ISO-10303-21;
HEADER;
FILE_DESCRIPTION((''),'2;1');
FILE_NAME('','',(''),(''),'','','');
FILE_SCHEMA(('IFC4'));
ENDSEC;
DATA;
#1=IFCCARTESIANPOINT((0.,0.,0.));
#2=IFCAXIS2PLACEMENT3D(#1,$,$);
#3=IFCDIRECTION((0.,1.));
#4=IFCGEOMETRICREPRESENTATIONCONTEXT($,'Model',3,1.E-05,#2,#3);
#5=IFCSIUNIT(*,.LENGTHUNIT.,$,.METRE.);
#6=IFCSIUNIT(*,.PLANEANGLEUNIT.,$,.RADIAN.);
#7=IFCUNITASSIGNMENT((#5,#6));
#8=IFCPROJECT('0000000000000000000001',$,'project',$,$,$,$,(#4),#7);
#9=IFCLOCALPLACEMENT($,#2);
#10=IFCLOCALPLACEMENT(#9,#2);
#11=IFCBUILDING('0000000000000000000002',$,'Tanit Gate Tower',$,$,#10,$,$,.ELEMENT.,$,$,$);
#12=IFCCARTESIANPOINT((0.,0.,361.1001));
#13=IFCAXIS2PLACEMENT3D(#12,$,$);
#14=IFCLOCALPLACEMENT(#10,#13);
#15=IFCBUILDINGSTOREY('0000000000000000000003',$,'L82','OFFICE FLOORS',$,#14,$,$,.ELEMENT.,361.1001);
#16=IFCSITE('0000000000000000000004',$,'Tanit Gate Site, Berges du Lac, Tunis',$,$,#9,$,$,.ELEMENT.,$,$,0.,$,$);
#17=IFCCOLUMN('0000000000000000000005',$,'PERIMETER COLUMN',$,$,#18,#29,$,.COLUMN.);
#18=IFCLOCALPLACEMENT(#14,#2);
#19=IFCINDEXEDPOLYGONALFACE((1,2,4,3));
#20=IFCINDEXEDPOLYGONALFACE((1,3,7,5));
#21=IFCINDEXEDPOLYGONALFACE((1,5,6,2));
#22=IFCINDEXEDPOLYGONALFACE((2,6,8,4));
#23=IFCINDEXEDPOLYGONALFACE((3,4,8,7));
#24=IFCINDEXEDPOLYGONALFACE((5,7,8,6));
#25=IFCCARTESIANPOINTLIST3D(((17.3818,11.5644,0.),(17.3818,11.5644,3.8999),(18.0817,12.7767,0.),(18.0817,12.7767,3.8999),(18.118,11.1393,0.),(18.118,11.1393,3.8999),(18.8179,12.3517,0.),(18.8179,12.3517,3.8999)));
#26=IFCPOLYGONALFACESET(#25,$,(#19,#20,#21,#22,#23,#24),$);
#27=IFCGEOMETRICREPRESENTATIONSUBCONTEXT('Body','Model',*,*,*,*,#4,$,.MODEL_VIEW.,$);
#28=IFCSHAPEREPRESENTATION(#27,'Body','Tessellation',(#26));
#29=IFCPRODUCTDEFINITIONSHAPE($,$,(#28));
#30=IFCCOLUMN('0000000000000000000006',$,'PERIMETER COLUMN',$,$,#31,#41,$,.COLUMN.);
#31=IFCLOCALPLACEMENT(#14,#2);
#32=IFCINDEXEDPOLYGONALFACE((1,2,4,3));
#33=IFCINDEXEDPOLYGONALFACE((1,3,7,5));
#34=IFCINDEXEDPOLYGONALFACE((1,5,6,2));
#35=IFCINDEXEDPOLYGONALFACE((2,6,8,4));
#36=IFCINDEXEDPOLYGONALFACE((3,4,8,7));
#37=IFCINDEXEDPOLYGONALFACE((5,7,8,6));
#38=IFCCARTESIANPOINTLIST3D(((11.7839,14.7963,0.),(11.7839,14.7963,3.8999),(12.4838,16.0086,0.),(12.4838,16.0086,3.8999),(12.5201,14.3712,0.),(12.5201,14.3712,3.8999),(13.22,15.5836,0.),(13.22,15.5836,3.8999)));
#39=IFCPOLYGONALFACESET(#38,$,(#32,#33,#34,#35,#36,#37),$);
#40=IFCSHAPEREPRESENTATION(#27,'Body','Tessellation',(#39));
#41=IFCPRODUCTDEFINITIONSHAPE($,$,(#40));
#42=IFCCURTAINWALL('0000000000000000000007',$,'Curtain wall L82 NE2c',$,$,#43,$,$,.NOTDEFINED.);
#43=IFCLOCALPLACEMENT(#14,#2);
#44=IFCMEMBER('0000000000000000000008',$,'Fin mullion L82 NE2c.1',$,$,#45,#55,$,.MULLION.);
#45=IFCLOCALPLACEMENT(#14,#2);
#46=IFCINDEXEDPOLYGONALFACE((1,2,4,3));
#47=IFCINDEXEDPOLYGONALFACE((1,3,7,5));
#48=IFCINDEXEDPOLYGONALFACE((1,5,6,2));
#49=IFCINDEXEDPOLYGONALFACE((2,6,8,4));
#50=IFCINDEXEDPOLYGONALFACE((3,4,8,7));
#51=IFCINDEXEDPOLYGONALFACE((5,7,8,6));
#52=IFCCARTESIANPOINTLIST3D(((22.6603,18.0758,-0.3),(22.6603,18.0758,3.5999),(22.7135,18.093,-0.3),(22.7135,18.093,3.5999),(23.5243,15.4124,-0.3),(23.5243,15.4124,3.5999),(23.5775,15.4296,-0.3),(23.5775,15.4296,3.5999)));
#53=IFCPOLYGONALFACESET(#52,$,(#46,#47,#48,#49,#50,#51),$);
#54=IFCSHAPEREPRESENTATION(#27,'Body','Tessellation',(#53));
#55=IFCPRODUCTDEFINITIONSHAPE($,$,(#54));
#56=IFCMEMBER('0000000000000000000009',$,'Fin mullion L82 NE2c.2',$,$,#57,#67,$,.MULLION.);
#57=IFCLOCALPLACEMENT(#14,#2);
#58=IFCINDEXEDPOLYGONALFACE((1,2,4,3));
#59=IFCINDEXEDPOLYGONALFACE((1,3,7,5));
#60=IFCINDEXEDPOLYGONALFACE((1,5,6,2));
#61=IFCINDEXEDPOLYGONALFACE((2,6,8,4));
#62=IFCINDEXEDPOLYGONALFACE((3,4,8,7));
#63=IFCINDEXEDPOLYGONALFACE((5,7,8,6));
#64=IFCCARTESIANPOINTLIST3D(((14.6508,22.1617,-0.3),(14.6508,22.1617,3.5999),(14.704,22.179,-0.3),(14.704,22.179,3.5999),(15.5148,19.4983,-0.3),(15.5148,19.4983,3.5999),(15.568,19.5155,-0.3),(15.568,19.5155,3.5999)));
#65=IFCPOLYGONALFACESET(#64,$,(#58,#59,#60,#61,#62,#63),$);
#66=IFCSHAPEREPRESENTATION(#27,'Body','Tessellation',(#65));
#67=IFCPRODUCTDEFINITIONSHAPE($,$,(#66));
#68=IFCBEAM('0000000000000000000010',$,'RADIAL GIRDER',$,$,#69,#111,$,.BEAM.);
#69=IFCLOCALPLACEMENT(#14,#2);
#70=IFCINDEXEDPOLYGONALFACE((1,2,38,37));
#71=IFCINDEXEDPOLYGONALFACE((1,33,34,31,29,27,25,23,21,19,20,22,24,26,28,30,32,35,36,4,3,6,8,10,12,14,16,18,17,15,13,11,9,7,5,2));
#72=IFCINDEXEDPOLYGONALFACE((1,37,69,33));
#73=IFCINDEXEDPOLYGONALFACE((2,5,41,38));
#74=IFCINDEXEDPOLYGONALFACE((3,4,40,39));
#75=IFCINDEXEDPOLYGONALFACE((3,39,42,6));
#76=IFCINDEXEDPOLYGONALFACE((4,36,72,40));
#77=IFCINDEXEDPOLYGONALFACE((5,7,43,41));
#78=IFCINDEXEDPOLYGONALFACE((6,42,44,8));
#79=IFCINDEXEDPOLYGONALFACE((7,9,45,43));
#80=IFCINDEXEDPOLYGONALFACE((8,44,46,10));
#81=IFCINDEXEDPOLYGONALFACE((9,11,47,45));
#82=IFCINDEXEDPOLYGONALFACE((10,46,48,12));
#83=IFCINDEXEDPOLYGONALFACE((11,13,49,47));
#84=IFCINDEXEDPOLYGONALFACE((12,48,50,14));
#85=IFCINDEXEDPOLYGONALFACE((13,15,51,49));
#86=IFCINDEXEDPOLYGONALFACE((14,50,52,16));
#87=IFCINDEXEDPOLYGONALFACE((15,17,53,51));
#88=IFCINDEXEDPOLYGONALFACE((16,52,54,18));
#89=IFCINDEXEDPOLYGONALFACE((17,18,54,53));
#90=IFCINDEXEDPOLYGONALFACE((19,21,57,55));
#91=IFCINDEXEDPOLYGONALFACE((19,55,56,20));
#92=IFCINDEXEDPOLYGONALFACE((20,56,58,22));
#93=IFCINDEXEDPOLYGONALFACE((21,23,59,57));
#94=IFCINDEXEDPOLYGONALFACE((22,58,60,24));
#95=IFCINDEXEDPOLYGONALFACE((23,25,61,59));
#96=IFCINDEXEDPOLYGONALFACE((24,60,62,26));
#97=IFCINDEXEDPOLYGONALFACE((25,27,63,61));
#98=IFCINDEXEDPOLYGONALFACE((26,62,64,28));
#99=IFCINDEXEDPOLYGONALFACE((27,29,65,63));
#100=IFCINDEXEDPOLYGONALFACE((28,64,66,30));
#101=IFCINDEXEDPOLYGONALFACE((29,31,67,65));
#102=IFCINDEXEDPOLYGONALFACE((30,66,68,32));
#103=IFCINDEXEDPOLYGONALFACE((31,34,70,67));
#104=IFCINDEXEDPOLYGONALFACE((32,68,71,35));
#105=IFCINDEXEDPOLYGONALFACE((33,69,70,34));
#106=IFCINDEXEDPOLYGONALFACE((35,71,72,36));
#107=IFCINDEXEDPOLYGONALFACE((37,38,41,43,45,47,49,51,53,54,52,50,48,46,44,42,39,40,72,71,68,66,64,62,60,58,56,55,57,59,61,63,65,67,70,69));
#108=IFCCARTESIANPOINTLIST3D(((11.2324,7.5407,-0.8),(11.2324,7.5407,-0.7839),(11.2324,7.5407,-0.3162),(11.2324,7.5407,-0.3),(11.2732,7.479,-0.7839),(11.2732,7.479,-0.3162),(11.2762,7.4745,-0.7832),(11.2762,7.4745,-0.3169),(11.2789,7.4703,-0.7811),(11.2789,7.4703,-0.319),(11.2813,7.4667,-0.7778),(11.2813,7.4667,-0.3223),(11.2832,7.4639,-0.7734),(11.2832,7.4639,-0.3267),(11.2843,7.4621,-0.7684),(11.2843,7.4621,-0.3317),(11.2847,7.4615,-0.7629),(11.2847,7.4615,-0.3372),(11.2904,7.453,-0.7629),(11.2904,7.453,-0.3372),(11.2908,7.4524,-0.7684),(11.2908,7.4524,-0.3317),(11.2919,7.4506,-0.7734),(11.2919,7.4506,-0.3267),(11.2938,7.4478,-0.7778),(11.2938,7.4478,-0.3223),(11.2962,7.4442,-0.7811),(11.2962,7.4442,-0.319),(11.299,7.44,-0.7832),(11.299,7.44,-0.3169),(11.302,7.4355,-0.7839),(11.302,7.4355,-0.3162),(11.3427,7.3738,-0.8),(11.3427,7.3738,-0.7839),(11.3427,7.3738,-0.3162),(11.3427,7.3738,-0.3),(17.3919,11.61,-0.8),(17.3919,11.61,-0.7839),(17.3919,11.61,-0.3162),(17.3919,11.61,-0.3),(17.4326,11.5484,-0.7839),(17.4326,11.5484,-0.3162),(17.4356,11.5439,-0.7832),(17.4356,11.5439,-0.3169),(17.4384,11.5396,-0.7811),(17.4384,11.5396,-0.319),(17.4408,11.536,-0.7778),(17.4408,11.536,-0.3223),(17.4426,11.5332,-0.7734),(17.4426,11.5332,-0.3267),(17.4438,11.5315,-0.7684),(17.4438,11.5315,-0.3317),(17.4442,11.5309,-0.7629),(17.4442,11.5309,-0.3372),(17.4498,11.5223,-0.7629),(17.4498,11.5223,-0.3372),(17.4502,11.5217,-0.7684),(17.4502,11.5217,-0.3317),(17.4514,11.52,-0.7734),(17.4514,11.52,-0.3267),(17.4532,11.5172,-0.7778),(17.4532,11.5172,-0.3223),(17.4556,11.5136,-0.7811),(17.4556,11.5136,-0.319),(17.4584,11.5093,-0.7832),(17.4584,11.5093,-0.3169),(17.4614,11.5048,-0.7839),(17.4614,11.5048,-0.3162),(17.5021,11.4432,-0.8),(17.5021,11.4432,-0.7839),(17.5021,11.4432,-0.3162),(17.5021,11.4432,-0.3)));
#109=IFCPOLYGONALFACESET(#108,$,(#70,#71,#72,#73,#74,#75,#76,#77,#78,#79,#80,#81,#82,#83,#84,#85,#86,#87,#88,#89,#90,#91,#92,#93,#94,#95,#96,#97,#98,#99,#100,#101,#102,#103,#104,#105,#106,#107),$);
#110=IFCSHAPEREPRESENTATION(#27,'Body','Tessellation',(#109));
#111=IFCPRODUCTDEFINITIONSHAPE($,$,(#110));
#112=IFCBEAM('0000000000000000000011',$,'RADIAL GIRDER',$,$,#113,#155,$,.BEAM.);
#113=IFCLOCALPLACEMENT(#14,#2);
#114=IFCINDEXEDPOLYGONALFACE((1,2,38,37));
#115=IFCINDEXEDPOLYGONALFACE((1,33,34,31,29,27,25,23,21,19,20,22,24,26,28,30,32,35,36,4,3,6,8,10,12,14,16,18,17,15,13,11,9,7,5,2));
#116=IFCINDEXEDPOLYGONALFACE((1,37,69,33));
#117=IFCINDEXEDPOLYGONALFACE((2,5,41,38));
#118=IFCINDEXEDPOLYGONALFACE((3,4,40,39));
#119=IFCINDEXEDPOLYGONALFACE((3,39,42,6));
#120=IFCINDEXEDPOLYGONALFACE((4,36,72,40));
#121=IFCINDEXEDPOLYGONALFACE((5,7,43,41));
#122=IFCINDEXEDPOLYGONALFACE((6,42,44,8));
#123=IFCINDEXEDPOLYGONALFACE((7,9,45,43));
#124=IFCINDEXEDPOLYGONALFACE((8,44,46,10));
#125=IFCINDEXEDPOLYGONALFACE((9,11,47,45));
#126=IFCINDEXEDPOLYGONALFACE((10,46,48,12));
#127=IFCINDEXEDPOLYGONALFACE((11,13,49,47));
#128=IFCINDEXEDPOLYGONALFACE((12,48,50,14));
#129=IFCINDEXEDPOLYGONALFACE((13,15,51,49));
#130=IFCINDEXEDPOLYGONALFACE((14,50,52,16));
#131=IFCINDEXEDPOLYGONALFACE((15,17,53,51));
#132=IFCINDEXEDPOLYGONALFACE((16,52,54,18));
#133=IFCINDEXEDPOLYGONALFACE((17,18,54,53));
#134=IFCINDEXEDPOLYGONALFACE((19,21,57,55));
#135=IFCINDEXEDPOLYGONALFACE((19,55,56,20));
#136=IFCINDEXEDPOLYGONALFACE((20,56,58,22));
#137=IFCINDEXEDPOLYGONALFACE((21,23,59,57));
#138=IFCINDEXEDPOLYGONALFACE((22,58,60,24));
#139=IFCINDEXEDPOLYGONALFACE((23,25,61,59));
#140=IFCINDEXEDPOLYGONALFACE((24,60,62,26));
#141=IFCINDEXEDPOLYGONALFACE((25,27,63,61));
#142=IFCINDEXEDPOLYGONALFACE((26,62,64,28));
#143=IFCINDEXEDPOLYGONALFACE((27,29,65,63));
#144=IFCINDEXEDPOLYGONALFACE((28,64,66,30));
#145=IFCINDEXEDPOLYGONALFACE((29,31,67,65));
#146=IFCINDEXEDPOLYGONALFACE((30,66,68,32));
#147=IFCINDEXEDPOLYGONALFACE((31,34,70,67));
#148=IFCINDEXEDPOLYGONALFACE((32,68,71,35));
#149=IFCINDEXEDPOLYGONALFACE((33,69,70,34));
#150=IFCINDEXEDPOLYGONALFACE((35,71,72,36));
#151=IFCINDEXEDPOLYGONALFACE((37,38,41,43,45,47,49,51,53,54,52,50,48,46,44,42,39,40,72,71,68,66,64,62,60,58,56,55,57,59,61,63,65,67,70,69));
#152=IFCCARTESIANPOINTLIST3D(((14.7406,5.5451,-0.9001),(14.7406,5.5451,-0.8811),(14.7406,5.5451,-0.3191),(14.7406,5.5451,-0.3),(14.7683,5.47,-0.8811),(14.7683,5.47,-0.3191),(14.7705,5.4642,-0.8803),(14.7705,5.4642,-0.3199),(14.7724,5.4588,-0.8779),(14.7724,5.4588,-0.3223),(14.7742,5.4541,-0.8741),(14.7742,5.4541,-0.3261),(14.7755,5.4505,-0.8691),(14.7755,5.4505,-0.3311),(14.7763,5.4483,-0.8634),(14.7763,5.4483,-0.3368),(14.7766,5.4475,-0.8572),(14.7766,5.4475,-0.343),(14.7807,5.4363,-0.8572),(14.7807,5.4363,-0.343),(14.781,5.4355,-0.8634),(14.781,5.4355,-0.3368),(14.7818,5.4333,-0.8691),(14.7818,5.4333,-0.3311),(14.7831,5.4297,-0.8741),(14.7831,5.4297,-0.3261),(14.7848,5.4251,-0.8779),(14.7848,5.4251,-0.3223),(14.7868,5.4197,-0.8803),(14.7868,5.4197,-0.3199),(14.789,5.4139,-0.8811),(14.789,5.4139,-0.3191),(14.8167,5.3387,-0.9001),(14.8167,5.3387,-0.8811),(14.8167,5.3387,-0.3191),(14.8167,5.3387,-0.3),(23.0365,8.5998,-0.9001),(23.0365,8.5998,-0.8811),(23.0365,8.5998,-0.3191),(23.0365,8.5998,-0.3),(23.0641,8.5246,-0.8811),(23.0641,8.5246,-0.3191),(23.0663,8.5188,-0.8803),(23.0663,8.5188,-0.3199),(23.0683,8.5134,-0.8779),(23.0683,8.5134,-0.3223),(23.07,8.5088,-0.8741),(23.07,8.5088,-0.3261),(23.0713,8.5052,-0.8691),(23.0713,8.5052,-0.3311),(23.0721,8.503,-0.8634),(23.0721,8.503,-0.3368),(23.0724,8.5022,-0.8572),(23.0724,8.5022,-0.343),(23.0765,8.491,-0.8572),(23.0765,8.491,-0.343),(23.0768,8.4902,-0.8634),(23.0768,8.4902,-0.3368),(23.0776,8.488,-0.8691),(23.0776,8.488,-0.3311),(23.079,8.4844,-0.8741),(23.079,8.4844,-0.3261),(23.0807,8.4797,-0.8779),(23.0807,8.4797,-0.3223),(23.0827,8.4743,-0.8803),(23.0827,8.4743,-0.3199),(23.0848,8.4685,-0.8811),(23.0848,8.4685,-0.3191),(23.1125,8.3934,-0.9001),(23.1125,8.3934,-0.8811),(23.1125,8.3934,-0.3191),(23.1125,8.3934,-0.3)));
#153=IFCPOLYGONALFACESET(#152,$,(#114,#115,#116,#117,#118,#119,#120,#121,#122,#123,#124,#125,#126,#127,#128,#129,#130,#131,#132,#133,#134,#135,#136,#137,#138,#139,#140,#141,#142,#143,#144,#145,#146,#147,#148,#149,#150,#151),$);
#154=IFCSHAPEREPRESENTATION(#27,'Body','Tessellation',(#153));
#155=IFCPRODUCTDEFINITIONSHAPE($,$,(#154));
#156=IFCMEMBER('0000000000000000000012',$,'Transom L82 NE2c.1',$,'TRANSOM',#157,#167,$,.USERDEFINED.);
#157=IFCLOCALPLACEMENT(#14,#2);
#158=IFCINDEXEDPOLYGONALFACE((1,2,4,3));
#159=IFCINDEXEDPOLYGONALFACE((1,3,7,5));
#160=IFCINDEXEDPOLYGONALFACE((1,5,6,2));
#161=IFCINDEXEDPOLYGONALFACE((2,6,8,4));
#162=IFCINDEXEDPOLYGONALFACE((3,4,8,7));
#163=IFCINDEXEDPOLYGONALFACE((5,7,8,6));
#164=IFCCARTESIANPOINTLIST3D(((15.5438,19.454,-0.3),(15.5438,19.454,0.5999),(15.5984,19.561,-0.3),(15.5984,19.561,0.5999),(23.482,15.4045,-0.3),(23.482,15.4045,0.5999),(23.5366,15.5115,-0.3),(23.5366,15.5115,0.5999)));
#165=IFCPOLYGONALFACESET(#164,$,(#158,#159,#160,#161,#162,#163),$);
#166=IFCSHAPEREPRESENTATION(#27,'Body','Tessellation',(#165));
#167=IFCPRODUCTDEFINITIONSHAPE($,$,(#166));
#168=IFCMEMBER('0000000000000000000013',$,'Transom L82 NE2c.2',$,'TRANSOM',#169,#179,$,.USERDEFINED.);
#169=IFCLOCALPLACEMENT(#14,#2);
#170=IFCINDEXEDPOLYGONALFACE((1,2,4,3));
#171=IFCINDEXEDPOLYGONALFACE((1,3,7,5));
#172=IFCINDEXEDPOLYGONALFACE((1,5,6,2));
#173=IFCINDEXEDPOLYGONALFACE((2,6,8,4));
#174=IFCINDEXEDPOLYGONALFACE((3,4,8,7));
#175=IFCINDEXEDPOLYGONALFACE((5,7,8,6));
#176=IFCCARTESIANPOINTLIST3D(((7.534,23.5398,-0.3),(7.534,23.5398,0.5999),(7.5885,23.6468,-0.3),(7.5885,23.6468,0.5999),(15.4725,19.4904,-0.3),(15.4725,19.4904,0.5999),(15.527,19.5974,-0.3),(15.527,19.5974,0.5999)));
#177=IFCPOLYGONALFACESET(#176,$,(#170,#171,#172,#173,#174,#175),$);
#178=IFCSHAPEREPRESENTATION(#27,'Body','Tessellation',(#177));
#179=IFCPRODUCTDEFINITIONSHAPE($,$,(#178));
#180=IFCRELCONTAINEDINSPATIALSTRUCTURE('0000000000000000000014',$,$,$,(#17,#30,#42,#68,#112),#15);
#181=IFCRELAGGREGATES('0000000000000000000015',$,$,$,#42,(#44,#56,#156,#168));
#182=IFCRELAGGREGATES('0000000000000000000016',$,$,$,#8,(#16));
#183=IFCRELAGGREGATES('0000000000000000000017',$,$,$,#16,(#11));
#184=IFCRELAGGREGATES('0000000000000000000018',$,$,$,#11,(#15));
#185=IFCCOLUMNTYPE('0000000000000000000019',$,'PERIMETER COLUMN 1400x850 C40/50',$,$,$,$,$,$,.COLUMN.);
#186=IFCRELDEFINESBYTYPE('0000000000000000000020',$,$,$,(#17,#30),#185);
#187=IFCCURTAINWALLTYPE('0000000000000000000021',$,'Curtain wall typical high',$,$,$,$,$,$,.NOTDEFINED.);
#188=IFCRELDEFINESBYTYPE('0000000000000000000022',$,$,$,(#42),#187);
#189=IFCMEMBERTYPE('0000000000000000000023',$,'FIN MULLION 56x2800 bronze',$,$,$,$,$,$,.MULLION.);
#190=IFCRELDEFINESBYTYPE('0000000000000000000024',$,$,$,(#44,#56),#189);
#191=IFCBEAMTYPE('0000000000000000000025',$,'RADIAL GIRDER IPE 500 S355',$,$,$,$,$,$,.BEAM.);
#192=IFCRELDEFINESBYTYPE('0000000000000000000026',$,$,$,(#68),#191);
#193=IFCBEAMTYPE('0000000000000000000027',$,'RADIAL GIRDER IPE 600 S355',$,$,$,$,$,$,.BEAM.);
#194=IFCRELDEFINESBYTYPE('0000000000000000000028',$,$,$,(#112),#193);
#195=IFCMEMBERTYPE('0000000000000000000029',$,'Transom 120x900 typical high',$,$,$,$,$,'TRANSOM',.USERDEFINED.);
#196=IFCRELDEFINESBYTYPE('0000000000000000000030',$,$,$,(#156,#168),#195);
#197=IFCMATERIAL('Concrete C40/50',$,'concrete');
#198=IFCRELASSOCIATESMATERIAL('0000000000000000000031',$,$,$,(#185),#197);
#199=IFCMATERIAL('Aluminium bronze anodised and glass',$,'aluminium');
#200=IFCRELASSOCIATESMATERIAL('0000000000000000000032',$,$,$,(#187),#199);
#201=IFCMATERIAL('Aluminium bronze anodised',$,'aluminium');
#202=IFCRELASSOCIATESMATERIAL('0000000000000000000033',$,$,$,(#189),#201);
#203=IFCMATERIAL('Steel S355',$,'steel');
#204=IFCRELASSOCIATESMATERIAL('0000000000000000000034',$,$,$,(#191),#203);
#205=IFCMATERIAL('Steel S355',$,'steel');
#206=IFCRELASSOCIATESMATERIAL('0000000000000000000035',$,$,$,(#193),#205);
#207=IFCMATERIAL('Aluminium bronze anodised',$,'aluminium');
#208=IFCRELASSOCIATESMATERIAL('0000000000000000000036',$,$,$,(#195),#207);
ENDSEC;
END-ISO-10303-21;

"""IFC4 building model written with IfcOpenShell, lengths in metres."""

from ifc_helpers import new_model, si_unit, direction, frame, origin, origin_2d, place, context, subcontext, project, spatial, rectangle, i_section, extrude, material, material_profile, profile_set, type_object, element, aggregate, save


model = new_model("IFC4")

# Units and contexts
model_context = context("Model", 3, precision=1e-05, world=origin(), true_north=direction((0.0, 1.0)))
body_context = subcontext(model_context, "Body", "Model", "MODEL_VIEW")
ifc_project = project(units=[si_unit("LENGTHUNIT", "METRE"), si_unit("PLANEANGLEUNIT", "RADIAN")], contexts=[model_context])

# Site, building, storey
site_placement = place(None, origin())
site = spatial("IfcSite", under=ifc_project, at=site_placement, Name="Tanit Gate Site, Berges du Lac, Tunis", CompositionType="ELEMENT", RefElevation=0.0)
building_placement = place(site_placement, origin())
building = spatial("IfcBuilding", under=site, at=building_placement, Name="Tanit Gate Tower", CompositionType="ELEMENT")
storey_placement = place(building_placement, frame((0.0, 0.0, 361.1001)))
storey = spatial("IfcBuildingStorey", under=building, at=storey_placement, Name="L82", Description="OFFICE FLOORS", CompositionType="ELEMENT", Elevation=361.1001)

# Columns
ifc_material_1 = material(Name="Concrete C40/50", Category="concrete")
ifc_material_profile_1 = material_profile(ifc_material_1, rectangle(XDim=1.3999, YDim=0.8501, at=origin_2d()), Name="RC 1400x850")
ifc_profile_set_1 = profile_set([ifc_material_profile_1], Name="Concrete C40/50")
column_type = type_object("IfcColumnType", Name="PERIMETER COLUMN 1400x850 C40/50", PredefinedType="COLUMN", material=ifc_profile_set_1)
for number, where, z_axis, x_axis, name in (
    (1, (18.0999, 11.958, 0.0), (0.0, 0.0, 1.0), (0.5, 0.866025, 0.0), "PERIMETER COLUMN"),
    (2, (12.502, 15.1899, 0.0), (0.0, 0.0, 1.0), (0.5, 0.866025, 0.0), "PERIMETER COLUMN"),
):
    element("IfcColumn", number, at=place(storey_placement, frame(where, z_axis=z_axis, x_axis=x_axis)), inside=storey, type_object=column_type, Name=name, PredefinedType="COLUMN", context=body_context, shape_type="SweptSolid", body=[
        extrude(rectangle(XDim=1.3999, YDim=0.8501, at=origin_2d()), origin(), (0.0, 0.0, 1.0), 3.8999),
    ])

# Curtain wall, members
ifc_material_2 = material(Name="Aluminium bronze anodised and glass", Category="aluminium")
curtain_wall_type = type_object("IfcCurtainWallType", Name="Curtain wall typical high", PredefinedType="NOTDEFINED", material=ifc_material_2)
curtain_wall_placement = place(storey_placement, origin())
curtain_wall = element("IfcCurtainWall", 3, at=curtain_wall_placement, inside=storey, type_object=curtain_wall_type, Name="Curtain wall L82 NE2c", PredefinedType="NOTDEFINED")
ifc_material_3 = material(Name="Aluminium bronze anodised", Category="aluminium")
ifc_material_profile_2 = material_profile(ifc_material_3, rectangle(XDim=2.8, YDim=0.0559, at=origin_2d()), Name="56x2800 bronze fin mullion")
ifc_profile_set_2 = profile_set([ifc_material_profile_2], Name="Aluminium bronze anodised")
member_type_1 = type_object("IfcMemberType", Name="FIN MULLION 56x2800 bronze", PredefinedType="MULLION", material=ifc_profile_set_2)
member_1_placement = place(storey_placement, frame((23.1189, 16.7527, -0.3), z_axis=(0.0, 0.0, 1.0), x_axis=(0.308568, -0.951202, 0.0)))
member_1 = element("IfcMember", 4, at=member_1_placement, type_object=member_type_1, Name="Fin mullion L82 NE2c.1", PredefinedType="MULLION", context=body_context, shape_type="SweptSolid", body=[
    extrude(rectangle(XDim=2.8, YDim=0.0559, at=origin_2d()), origin(), (0.0, 0.0, 1.0), 3.8999),
])
member_2_placement = place(storey_placement, frame((15.1094, 20.8386, -0.3), z_axis=(0.0, 0.0, 1.0), x_axis=(0.308568, -0.951202, 0.0)))
member_2 = element("IfcMember", 5, at=member_2_placement, type_object=member_type_1, Name="Fin mullion L82 NE2c.2", PredefinedType="MULLION", context=body_context, shape_type="SweptSolid", body=[
    extrude(rectangle(XDim=2.8, YDim=0.0559, at=origin_2d()), origin(), (0.0, 0.0, 1.0), 3.8999),
])

# Beams
ifc_material_4 = material(Name="Steel S355", Category="steel")
ifc_material_profile_3 = material_profile(ifc_material_4, i_section(OverallWidth=0.2, OverallDepth=0.5, WebThickness=0.0103, FlangeThickness=0.0161, FilletRadius=0.021, at=origin_2d()), Name="IPE 500")
ifc_profile_set_3 = profile_set([ifc_material_profile_3], Name="Steel S355")
beam_type_1 = type_object("IfcBeamType", Name="RADIAL GIRDER IPE 500 S355", PredefinedType="BEAM", material=ifc_profile_set_3)
beam_1_placement = place(storey_placement, frame((17.447, 11.5266, -0.55), z_axis=(-0.834353, -0.551231, 0.0), x_axis=(0.551231, -0.834353, 0.0)))
element("IfcBeam", 6, at=beam_1_placement, inside=storey, type_object=beam_type_1, Name="RADIAL GIRDER", PredefinedType="BEAM", context=body_context, shape_type="SweptSolid", body=[
    extrude(i_section(OverallWidth=0.2, OverallDepth=0.5, WebThickness=0.0103, FlangeThickness=0.0161, FilletRadius=0.021, at=origin_2d()), origin(), (0.0, 0.0, 1.0), 7.3823),
])
ifc_material_5 = material(Name="Steel S355", Category="steel")
ifc_material_profile_4 = material_profile(ifc_material_5, i_section(OverallWidth=0.22, OverallDepth=0.6001, WebThickness=0.012, FlangeThickness=0.019, FilletRadius=0.0239, at=origin_2d()), Name="IPE 600")
ifc_profile_set_4 = profile_set([ifc_material_profile_4], Name="Steel S355")
beam_type_2 = type_object("IfcBeamType", Name="RADIAL GIRDER IPE 600 S355", PredefinedType="BEAM", material=ifc_profile_set_4)
beam_2_placement = place(storey_placement, frame((23.0745, 8.4966, -0.6001), z_axis=(-0.938405, -0.345536, 0.0), x_axis=(0.345536, -0.938405, 0.0)))
element("IfcBeam", 7, at=beam_2_placement, inside=storey, type_object=beam_type_2, Name="RADIAL GIRDER", PredefinedType="BEAM", context=body_context, shape_type="SweptSolid", body=[
    extrude(i_section(OverallWidth=0.22, OverallDepth=0.6001, WebThickness=0.012, FlangeThickness=0.019, FilletRadius=0.0239, at=origin_2d()), origin(), (0.0, 0.0, 1.0), 8.8403),
])

# Members
ifc_material_6 = material(Name="Aluminium bronze anodised", Category="aluminium")
ifc_material_profile_5 = material_profile(ifc_material_6, rectangle(XDim=0.1201, YDim=0.8999, at=origin_2d()), Name="120x900 bronze transom")
ifc_profile_set_5 = profile_set([ifc_material_profile_5], Name="Aluminium bronze anodised")
member_type_2 = type_object("IfcMemberType", Name="Transom 120x900 typical high", ElementType="TRANSOM", PredefinedType="USERDEFINED", material=ifc_profile_set_5)
member_3_placement = place(storey_placement, frame((23.5093, 15.458, 0.1499), z_axis=(-0.890787, 0.454421, 0.0), x_axis=(-0.454421, -0.890787, 0.0)))
member_3 = element("IfcMember", 8, at=member_3_placement, type_object=member_type_2, Name="Transom L82 NE2c.1", ObjectType="TRANSOM", PredefinedType="USERDEFINED", context=body_context, shape_type="SweptSolid", body=[
    extrude(rectangle(XDim=0.1201, YDim=0.8999, at=origin_2d()), origin(), (0.0, 0.0, 1.0), 8.9114),
])
member_4_placement = place(storey_placement, frame((15.4998, 19.5439, 0.1499), z_axis=(-0.890804, 0.454388, 0.0), x_axis=(-0.454388, -0.890804, 0.0)))
member_4 = element("IfcMember", 9, at=member_4_placement, type_object=member_type_2, Name="Transom L82 NE2c.2", ObjectType="TRANSOM", PredefinedType="USERDEFINED", context=body_context, shape_type="SweptSolid", body=[
    extrude(rectangle(XDim=0.1201, YDim=0.8999, at=origin_2d()), origin(), (0.0, 0.0, 1.0), 8.9116),
])

aggregate(curtain_wall, [member_1, member_2, member_3, member_4])

save(model, "model.ifc")
